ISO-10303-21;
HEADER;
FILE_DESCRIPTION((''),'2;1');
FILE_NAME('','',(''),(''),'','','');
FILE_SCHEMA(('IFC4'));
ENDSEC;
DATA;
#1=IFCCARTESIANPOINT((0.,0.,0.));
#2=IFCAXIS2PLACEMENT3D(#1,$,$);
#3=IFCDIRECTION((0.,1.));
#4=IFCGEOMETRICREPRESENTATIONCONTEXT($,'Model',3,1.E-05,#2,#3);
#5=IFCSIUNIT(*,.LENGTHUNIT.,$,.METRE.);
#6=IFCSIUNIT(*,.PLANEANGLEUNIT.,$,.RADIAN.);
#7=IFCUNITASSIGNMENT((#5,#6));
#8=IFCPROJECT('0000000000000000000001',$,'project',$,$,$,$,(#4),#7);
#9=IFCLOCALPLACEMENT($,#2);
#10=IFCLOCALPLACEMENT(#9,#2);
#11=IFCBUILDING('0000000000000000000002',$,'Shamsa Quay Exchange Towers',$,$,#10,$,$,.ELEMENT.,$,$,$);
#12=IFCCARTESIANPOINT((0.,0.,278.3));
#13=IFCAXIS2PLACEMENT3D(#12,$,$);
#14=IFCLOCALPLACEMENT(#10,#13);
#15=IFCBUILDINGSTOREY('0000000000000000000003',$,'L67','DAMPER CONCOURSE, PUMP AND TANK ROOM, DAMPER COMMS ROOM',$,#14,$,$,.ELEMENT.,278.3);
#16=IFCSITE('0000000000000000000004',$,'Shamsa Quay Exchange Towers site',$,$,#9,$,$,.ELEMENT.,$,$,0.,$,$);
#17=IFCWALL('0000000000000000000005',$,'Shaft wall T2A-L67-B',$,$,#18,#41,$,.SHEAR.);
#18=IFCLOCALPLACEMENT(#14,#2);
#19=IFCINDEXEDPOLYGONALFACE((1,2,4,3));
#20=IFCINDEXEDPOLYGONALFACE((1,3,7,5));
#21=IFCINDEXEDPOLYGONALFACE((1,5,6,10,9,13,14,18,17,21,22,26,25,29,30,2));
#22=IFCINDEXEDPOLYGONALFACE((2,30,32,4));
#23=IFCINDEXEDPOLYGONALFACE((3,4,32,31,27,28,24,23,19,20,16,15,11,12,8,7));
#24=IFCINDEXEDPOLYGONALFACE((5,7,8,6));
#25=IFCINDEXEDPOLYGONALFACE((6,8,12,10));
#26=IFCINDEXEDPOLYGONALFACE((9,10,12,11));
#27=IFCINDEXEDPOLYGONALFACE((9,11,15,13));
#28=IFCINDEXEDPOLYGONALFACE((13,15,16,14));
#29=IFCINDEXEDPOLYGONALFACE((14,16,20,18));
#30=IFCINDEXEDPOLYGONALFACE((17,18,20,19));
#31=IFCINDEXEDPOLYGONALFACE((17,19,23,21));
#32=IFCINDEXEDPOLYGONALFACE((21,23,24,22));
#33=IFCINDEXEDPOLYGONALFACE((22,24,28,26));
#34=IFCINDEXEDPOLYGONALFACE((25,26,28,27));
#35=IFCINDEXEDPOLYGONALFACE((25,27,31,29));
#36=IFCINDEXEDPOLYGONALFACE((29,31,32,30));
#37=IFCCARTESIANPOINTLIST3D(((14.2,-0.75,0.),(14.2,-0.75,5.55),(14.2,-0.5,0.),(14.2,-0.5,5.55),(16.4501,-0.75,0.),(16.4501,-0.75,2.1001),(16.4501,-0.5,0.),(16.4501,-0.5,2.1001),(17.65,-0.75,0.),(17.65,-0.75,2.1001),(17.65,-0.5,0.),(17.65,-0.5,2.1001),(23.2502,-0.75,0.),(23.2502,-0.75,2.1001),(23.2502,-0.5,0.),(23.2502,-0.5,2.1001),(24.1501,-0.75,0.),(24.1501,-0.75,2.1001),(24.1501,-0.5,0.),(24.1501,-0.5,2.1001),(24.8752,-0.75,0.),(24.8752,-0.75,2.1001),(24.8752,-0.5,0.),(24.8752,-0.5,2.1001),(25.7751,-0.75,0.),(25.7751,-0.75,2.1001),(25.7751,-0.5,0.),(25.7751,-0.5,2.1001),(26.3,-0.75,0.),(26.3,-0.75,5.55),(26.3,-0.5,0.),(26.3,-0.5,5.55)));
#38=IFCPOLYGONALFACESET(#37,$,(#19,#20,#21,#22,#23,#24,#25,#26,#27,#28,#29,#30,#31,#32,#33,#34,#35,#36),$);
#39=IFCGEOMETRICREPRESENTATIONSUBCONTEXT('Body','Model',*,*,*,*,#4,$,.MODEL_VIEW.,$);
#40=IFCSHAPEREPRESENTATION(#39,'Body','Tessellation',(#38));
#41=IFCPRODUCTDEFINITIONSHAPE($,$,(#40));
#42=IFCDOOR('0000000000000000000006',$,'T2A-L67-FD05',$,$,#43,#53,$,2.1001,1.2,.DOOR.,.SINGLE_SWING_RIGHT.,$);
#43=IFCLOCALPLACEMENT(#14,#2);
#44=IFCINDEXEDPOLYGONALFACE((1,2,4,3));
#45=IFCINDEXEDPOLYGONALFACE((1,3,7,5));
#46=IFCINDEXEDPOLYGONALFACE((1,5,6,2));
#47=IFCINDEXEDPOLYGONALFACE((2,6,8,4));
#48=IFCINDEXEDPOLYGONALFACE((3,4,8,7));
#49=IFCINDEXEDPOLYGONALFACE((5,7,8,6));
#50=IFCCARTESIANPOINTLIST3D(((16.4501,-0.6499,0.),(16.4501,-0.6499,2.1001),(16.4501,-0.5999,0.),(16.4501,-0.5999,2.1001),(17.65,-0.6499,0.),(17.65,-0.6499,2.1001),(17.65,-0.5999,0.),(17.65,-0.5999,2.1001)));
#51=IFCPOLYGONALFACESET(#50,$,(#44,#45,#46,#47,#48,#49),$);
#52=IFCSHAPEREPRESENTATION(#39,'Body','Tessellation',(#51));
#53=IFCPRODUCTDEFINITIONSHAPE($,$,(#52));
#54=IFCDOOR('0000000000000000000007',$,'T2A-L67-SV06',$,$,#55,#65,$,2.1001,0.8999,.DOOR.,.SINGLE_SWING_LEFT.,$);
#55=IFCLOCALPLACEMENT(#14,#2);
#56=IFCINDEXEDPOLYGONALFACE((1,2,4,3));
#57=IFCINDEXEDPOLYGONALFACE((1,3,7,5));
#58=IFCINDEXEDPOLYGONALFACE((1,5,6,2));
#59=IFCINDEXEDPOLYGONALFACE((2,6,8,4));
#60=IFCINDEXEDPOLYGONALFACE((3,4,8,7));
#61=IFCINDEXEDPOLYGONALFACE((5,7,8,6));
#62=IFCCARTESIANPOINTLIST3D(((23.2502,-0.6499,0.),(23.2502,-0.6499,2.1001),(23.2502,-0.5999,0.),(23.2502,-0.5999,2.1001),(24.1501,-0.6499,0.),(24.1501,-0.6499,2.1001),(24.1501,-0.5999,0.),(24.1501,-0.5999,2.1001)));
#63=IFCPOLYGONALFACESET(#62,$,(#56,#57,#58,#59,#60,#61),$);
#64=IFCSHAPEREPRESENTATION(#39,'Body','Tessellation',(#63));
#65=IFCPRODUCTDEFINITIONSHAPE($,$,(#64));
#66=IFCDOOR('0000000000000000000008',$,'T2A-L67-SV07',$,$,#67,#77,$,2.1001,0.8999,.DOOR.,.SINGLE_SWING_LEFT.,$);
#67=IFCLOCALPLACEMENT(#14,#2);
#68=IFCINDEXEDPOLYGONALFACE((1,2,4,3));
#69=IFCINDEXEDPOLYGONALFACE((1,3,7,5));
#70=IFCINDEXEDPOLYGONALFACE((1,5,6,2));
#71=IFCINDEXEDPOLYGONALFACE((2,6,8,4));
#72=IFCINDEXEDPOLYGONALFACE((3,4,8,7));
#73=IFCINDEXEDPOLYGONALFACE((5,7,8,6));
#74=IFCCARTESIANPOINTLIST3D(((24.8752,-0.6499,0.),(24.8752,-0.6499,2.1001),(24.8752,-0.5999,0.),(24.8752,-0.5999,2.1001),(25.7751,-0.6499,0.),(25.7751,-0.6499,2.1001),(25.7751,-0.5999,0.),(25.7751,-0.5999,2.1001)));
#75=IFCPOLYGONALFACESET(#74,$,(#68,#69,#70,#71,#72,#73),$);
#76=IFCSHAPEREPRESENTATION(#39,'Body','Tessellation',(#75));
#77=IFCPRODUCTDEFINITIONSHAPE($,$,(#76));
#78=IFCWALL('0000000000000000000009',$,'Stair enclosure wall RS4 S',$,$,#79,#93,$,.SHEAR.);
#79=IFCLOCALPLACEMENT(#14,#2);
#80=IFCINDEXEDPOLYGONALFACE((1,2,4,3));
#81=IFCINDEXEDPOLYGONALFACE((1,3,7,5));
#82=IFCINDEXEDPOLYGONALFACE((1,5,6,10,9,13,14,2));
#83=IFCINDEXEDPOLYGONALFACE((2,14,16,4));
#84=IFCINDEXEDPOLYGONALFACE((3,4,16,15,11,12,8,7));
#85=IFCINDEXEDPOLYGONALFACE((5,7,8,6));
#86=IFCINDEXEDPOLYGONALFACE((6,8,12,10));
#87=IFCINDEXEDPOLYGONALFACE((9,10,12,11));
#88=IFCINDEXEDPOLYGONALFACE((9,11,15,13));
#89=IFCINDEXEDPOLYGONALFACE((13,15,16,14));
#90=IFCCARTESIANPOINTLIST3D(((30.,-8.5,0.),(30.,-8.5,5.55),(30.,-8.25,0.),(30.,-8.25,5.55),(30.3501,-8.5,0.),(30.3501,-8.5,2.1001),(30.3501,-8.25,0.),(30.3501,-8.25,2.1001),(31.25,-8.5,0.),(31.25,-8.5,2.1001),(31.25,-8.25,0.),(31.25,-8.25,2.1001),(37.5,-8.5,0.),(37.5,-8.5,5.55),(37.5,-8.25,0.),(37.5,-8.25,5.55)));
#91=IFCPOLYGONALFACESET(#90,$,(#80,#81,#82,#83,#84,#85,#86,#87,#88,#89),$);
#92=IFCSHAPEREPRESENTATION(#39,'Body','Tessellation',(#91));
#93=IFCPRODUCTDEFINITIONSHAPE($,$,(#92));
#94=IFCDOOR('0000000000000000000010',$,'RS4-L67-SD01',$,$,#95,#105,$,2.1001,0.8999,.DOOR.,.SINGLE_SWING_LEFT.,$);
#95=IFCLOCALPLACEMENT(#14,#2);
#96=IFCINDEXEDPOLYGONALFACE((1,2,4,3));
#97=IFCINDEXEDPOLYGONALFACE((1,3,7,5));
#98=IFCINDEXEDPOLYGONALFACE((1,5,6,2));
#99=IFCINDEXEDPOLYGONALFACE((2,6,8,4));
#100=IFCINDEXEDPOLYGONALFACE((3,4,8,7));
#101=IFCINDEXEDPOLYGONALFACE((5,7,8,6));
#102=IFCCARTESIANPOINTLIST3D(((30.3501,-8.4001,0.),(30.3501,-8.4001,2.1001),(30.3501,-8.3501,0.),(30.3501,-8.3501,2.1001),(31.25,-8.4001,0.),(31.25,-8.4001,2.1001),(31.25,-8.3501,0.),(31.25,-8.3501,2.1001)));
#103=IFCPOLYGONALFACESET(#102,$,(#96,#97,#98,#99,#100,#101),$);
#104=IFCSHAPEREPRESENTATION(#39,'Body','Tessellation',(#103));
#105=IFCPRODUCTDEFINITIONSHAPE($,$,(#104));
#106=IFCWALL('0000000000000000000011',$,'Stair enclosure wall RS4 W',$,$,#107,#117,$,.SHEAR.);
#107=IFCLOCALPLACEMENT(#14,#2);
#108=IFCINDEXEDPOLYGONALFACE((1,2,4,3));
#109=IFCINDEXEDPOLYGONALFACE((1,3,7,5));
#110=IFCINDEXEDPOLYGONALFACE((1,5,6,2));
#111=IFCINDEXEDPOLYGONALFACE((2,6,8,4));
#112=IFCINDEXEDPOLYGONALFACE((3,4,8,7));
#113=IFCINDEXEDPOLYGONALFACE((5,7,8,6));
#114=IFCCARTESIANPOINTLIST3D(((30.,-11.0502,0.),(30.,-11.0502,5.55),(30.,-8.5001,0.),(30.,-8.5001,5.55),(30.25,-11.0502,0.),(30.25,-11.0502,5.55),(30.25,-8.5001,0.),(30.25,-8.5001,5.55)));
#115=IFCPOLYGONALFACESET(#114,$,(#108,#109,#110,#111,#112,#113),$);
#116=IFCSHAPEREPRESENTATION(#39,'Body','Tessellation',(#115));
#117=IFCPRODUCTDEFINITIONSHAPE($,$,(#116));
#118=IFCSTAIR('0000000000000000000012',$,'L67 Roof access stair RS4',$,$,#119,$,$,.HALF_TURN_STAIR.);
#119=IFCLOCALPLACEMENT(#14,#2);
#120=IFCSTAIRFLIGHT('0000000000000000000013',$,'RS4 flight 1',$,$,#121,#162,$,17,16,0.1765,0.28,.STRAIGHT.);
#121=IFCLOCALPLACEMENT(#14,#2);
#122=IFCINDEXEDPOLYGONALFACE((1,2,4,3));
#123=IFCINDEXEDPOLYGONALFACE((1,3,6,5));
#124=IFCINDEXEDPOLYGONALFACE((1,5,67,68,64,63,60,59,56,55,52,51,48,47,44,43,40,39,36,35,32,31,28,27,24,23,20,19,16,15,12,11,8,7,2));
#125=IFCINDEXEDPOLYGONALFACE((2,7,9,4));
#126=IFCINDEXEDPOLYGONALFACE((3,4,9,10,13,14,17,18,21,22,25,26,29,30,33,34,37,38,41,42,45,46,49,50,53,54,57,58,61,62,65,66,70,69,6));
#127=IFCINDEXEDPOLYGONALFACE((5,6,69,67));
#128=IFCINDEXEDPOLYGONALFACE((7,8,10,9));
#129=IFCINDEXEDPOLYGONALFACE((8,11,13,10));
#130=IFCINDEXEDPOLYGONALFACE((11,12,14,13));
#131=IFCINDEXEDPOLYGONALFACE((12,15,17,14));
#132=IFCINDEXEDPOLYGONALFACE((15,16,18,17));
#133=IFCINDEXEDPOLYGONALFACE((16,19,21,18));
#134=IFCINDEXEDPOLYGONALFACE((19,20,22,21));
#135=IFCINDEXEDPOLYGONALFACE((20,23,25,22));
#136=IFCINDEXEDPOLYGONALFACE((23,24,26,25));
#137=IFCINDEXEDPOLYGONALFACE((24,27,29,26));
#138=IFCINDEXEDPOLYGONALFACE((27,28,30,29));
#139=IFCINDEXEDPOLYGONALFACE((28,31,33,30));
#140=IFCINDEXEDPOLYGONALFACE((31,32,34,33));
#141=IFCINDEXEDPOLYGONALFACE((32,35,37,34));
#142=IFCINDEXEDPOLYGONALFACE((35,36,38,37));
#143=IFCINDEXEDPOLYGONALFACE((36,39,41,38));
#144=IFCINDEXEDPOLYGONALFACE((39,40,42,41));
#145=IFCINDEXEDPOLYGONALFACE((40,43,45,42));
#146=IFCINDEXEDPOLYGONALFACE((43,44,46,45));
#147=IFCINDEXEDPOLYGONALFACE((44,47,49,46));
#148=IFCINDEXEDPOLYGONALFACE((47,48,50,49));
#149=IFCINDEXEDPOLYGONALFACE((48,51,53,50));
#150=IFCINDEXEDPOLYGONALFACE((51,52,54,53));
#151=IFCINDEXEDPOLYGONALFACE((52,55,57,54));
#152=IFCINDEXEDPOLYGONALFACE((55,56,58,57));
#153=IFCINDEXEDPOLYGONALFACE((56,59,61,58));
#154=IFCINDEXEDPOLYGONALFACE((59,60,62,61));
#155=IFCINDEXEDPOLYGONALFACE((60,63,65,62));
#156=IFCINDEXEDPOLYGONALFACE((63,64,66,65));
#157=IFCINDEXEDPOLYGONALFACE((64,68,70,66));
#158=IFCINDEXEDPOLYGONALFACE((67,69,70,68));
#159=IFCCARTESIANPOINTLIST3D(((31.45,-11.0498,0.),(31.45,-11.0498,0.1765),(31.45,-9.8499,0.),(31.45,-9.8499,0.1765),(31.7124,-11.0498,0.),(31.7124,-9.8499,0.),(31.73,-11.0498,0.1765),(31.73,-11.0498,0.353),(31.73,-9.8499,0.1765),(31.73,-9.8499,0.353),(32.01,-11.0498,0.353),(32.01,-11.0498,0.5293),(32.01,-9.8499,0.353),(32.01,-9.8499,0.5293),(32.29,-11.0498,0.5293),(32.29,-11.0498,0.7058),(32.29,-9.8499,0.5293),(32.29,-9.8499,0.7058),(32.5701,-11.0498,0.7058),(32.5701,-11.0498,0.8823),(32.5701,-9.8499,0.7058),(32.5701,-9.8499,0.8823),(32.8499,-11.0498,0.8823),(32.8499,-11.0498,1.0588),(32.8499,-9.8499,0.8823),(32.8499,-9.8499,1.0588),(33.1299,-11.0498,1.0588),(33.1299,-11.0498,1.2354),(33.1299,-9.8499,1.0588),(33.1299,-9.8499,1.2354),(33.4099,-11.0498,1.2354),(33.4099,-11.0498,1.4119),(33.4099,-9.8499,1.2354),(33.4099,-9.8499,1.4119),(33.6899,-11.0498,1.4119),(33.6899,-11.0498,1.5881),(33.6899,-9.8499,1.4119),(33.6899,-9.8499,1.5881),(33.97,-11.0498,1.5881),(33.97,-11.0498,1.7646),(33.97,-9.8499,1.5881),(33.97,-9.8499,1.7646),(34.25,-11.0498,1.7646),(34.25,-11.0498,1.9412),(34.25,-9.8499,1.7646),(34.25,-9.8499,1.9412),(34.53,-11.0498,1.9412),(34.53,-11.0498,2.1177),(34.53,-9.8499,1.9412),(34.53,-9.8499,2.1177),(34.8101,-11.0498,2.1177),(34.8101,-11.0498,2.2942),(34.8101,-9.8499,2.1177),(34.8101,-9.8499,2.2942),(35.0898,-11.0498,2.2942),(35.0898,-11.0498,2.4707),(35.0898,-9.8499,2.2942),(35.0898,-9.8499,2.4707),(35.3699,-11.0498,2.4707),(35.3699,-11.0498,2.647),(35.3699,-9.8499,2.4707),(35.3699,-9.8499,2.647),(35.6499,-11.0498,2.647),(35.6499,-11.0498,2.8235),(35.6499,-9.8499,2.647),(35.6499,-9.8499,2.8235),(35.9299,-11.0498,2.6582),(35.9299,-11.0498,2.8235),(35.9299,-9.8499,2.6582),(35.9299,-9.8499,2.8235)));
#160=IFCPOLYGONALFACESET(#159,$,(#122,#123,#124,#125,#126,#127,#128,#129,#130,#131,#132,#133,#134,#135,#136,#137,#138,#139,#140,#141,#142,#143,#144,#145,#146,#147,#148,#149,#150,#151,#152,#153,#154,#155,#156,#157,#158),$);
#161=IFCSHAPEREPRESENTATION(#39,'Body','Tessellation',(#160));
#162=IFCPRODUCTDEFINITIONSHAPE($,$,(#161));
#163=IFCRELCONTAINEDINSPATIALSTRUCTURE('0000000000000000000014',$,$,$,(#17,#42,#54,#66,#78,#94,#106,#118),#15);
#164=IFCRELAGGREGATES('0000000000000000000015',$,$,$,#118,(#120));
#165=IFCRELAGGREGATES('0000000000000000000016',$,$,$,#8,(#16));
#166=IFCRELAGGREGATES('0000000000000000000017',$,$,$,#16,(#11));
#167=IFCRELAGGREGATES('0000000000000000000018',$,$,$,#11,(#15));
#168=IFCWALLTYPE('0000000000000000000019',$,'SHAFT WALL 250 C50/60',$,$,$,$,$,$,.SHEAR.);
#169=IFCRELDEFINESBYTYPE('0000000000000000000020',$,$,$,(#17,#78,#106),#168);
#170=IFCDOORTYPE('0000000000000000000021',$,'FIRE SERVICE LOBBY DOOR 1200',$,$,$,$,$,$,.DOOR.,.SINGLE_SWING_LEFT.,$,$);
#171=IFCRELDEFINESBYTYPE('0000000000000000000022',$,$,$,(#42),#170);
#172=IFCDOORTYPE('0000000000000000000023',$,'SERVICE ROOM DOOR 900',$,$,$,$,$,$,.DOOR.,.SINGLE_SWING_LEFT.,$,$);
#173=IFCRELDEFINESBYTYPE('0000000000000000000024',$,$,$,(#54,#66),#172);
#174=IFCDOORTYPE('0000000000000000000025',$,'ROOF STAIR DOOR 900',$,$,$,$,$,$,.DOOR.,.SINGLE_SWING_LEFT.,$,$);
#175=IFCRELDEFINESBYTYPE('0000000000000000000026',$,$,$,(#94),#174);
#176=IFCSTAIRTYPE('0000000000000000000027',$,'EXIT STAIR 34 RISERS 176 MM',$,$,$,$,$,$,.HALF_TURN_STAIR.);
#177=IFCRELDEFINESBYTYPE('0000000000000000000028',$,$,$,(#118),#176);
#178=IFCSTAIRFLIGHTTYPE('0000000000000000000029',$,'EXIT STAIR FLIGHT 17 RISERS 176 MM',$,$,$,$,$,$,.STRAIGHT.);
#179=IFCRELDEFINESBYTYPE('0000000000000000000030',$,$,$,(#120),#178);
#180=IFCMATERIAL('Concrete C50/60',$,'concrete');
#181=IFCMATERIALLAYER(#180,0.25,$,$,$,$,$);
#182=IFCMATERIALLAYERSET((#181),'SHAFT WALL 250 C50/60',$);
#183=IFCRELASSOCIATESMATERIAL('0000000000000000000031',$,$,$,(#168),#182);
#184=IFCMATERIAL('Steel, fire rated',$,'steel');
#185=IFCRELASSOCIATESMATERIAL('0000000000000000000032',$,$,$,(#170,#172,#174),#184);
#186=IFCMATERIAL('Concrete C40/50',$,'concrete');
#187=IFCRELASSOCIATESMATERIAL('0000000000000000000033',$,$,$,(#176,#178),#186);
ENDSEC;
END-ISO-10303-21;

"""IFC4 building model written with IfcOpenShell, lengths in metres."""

from ifc_helpers import new_model, si_unit, direction, frame, frame_2d, origin, place, context, subcontext, project, spatial, polyline, rectangle, outline, extrude, material, layer, layer_set, type_object, element, fill, aggregate, save


model = new_model("IFC4")

# Units and contexts
model_context = context("Model", 3, precision=1e-05, world=origin(), true_north=direction((0.0, 1.0)))
body_context = subcontext(model_context, "Body", "Model", "MODEL_VIEW")
ifc_project = project(units=[si_unit("LENGTHUNIT", "METRE"), si_unit("PLANEANGLEUNIT", "RADIAN")], contexts=[model_context])

# Site, building, storey
site_placement = place(None, origin())
site = spatial("IfcSite", under=ifc_project, at=site_placement, Name="Shamsa Quay Exchange Towers site", CompositionType="ELEMENT", RefElevation=0.0)
building_placement = place(site_placement, origin())
building = spatial("IfcBuilding", under=site, at=building_placement, Name="Shamsa Quay Exchange Towers", CompositionType="ELEMENT")
storey_placement = place(building_placement, frame((0.0, 0.0, 278.3)))
storey = spatial("IfcBuildingStorey", under=building, at=storey_placement, Name="L67", Description="DAMPER CONCOURSE, PUMP AND TANK ROOM, DAMPER COMMS ROOM", CompositionType="ELEMENT", Elevation=278.3)

# Shared definitions
ifc_material_1 = material(Name="Concrete C50/60", Category="concrete")
ifc_layer = layer(ifc_material_1, 0.25)
ifc_layer_set = layer_set([ifc_layer], Name="SHAFT WALL 250 C50/60")
wall_type = type_object("IfcWallType", Name="SHAFT WALL 250 C50/60", PredefinedType="SHEAR", material=ifc_layer_set)
ifc_material_2 = material(Name="Steel, fire rated", Category="steel")

# Wall, openings, doors
wall_1_placement = place(storey_placement, frame((26.3, -0.625, 0.0), z_axis=(0.0, 0.0, 1.0), x_axis=(-1.0, 0.0, 0.0)))
wall_1 = element("IfcWall", 1, at=wall_1_placement, inside=storey, type_object=wall_type, Name="Shaft wall T2A-L67-B", PredefinedType="SHEAR", context=body_context, shape_type="SweptSolid", body=[
    extrude(rectangle(XDim=12.1001, YDim=0.25, at=frame_2d((6.05, 0.0))), origin(), (0.0, 0.0, 1.0), 5.55),
])
opening_1_placement = place(wall_1_placement, frame((8.6499, 0.0, 0.0)))
opening_1 = element("IfcOpeningElement", 2, at=opening_1_placement, cuts=wall_1, PredefinedType="OPENING", context=body_context, shape_type="SweptSolid", body=[
    extrude(rectangle(XDim=1.2, YDim=2.1001, at=frame_2d((0.6001, 1.05))), frame((0.0, 0.135, 0.0), z_axis=(0.0, -1.0, 0.0), x_axis=(1.0, 0.0, 0.0)), (0.0, 0.0, 1.0), 0.27),
])
opening_2_placement = place(wall_1_placement, frame((2.1499, 0.0, 0.0)))
opening_2 = element("IfcOpeningElement", 3, at=opening_2_placement, cuts=wall_1, PredefinedType="OPENING", context=body_context, shape_type="SweptSolid", body=[
    extrude(rectangle(XDim=0.8999, YDim=2.1001, at=frame_2d((0.45, 1.05))), frame((0.0, 0.135, 0.0), z_axis=(0.0, -1.0, 0.0), x_axis=(1.0, 0.0, 0.0)), (0.0, 0.0, 1.0), 0.27),
])
opening_3_placement = place(wall_1_placement, frame((0.5249, 0.0, 0.0)))
opening_3 = element("IfcOpeningElement", 4, at=opening_3_placement, cuts=wall_1, PredefinedType="OPENING", context=body_context, shape_type="SweptSolid", body=[
    extrude(rectangle(XDim=0.8999, YDim=2.1001, at=frame_2d((0.45, 1.05))), frame((0.0, 0.135, 0.0), z_axis=(0.0, -1.0, 0.0), x_axis=(1.0, 0.0, 0.0)), (0.0, 0.0, 1.0), 0.27),
])
door_type_1 = type_object("IfcDoorType", Name="FIRE SERVICE LOBBY DOOR 1200", OperationType="SINGLE_SWING_LEFT", PredefinedType="DOOR", material=ifc_material_2)
door_1_placement = place(opening_1_placement, origin())
door_1 = element("IfcDoor", 5, at=door_1_placement, inside=storey, type_object=door_type_1, Name="T2A-L67-FD05", OperationType="SINGLE_SWING_RIGHT", OverallHeight=2.1001, OverallWidth=1.2, PredefinedType="DOOR", context=body_context, shape_type="SweptSolid", body=[
    extrude(rectangle(XDim=1.2, YDim=2.1001, at=frame_2d((0.6001, 1.05))), frame((0.0, 0.0249, 0.0), z_axis=(0.0, -1.0, 0.0), x_axis=(1.0, 0.0, 0.0)), (0.0, 0.0, 1.0), 0.05),
])
fill(opening_1, door_1)
door_type_2 = type_object("IfcDoorType", Name="SERVICE ROOM DOOR 900", OperationType="SINGLE_SWING_LEFT", PredefinedType="DOOR", material=ifc_material_2)
door_2_placement = place(opening_2_placement, origin())
door_2 = element("IfcDoor", 6, at=door_2_placement, inside=storey, type_object=door_type_2, Name="T2A-L67-SV06", OperationType="SINGLE_SWING_LEFT", OverallHeight=2.1001, OverallWidth=0.8999, PredefinedType="DOOR", context=body_context, shape_type="SweptSolid", body=[
    extrude(rectangle(XDim=0.8999, YDim=2.1001, at=frame_2d((0.45, 1.05))), frame((0.0, 0.0249, 0.0), z_axis=(0.0, -1.0, 0.0), x_axis=(1.0, 0.0, 0.0)), (0.0, 0.0, 1.0), 0.05),
])
fill(opening_2, door_2)
door_3_placement = place(opening_3_placement, origin())
door_3 = element("IfcDoor", 7, at=door_3_placement, inside=storey, type_object=door_type_2, Name="T2A-L67-SV07", OperationType="SINGLE_SWING_LEFT", OverallHeight=2.1001, OverallWidth=0.8999, PredefinedType="DOOR", context=body_context, shape_type="SweptSolid", body=[
    extrude(rectangle(XDim=0.8999, YDim=2.1001, at=frame_2d((0.45, 1.05))), frame((0.0, 0.0249, 0.0), z_axis=(0.0, -1.0, 0.0), x_axis=(1.0, 0.0, 0.0)), (0.0, 0.0, 1.0), 0.05),
])
fill(opening_3, door_3)

# Wall, opening, door
wall_2_placement = place(storey_placement, frame((30.0, -8.375, 0.0)))
wall_2 = element("IfcWall", 8, at=wall_2_placement, inside=storey, type_object=wall_type, Name="Stair enclosure wall RS4 S", PredefinedType="SHEAR", context=body_context, shape_type="SweptSolid", body=[
    extrude(rectangle(XDim=7.5, YDim=0.25, at=frame_2d((3.75, 0.0))), origin(), (0.0, 0.0, 1.0), 5.55),
])
opening_4_placement = place(wall_2_placement, frame((0.3501, 0.0, 0.0)))
opening_4 = element("IfcOpeningElement", 9, at=opening_4_placement, cuts=wall_2, PredefinedType="OPENING", context=body_context, shape_type="SweptSolid", body=[
    extrude(rectangle(XDim=0.8999, YDim=2.1001, at=frame_2d((0.45, 1.05))), frame((0.0, 0.135, 0.0), z_axis=(0.0, -1.0, 0.0), x_axis=(1.0, 0.0, 0.0)), (0.0, 0.0, 1.0), 0.27),
])
door_type_3 = type_object("IfcDoorType", Name="ROOF STAIR DOOR 900", OperationType="SINGLE_SWING_LEFT", PredefinedType="DOOR", material=ifc_material_2)
door_4_placement = place(opening_4_placement, origin())
door_4 = element("IfcDoor", 10, at=door_4_placement, inside=storey, type_object=door_type_3, Name="RS4-L67-SD01", OperationType="SINGLE_SWING_LEFT", OverallHeight=2.1001, OverallWidth=0.8999, PredefinedType="DOOR", context=body_context, shape_type="SweptSolid", body=[
    extrude(rectangle(XDim=0.8999, YDim=2.1001, at=frame_2d((0.45, 1.05))), frame((0.0, 0.0249, 0.0), z_axis=(0.0, -1.0, 0.0), x_axis=(1.0, 0.0, 0.0)), (0.0, 0.0, 1.0), 0.05),
])
fill(opening_4, door_4)

# Wall
wall_3_placement = place(storey_placement, frame((30.125, -11.05, 0.0), z_axis=(0.0, 0.0, 1.0), x_axis=(0.0, 1.0, 0.0)))
element("IfcWall", 11, at=wall_3_placement, inside=storey, type_object=wall_type, Name="Stair enclosure wall RS4 W", PredefinedType="SHEAR", context=body_context, shape_type="SweptSolid", body=[
    extrude(rectangle(XDim=2.55, YDim=0.25, at=frame_2d((1.2749, 0.0))), origin(), (0.0, 0.0, 1.0), 5.55),
])

# Stair, stair flight
ifc_material_3 = material(Name="Concrete C40/50", Category="concrete")
stair_type = type_object("IfcStairType", Name="EXIT STAIR 34 RISERS 176 MM", PredefinedType="HALF_TURN_STAIR", material=ifc_material_3)
stair_placement = place(storey_placement, origin())
stair = element("IfcStair", 12, at=stair_placement, inside=storey, type_object=stair_type, Name="L67 Roof access stair RS4", PredefinedType="HALF_TURN_STAIR")
stair_flight_type = type_object("IfcStairFlightType", Name="EXIT STAIR FLIGHT 17 RISERS 176 MM", PredefinedType="STRAIGHT", material=ifc_material_3)
stair_flight_placement = place(storey_placement, frame((31.45, -10.45, 0.0)))
stair_flight = element("IfcStairFlight", 13, at=stair_flight_placement, type_object=stair_flight_type, Name="RS4 flight 1", NumberOfRisers=17, NumberOfTreads=16, PredefinedType="STRAIGHT", RiserHeight=0.1765, TreadLength=0.28, context=body_context, shape_type="SweptSolid", body=[
    extrude(outline(polyline([(0.0, 0.0), (0.0, 0.1765), (0.28, 0.1765), (0.28, 0.353), (0.5601, 0.353), (0.5601, 0.5293), (0.8401, 0.5293), (0.8401, 0.7058), (1.1201, 0.7058), (1.1201, 0.8823), (1.3999, 0.8823), (1.3999, 1.0588), (1.6799, 1.0588), (1.6799, 1.2354), (1.96, 1.2354), (1.96, 1.4119), (2.24, 1.4119), (2.24, 1.5881), (2.52, 1.5881), (2.52, 1.7646), (2.8, 1.7646), (2.8, 1.9412), (3.0801, 1.9412), (3.0801, 2.1177), (3.3601, 2.1177), (3.3601, 2.2942), (3.6399, 2.2942), (3.6399, 2.4707), (3.9199, 2.4707), (3.9199, 2.647), (4.2, 2.647), (4.2, 2.8235), (4.48, 2.8235), (4.48, 3.0), (4.48, 2.6582), (0.2625, 0.0), (0.0, 0.0)])), frame((0.0, 0.6001, 0.0), z_axis=(0.0, -1.0, 0.0), x_axis=(1.0, 0.0, 0.0)), (0.0, 0.0, 1.0), 1.2),
])
aggregate(stair, [stair_flight])

save(model, "model.ifc")
